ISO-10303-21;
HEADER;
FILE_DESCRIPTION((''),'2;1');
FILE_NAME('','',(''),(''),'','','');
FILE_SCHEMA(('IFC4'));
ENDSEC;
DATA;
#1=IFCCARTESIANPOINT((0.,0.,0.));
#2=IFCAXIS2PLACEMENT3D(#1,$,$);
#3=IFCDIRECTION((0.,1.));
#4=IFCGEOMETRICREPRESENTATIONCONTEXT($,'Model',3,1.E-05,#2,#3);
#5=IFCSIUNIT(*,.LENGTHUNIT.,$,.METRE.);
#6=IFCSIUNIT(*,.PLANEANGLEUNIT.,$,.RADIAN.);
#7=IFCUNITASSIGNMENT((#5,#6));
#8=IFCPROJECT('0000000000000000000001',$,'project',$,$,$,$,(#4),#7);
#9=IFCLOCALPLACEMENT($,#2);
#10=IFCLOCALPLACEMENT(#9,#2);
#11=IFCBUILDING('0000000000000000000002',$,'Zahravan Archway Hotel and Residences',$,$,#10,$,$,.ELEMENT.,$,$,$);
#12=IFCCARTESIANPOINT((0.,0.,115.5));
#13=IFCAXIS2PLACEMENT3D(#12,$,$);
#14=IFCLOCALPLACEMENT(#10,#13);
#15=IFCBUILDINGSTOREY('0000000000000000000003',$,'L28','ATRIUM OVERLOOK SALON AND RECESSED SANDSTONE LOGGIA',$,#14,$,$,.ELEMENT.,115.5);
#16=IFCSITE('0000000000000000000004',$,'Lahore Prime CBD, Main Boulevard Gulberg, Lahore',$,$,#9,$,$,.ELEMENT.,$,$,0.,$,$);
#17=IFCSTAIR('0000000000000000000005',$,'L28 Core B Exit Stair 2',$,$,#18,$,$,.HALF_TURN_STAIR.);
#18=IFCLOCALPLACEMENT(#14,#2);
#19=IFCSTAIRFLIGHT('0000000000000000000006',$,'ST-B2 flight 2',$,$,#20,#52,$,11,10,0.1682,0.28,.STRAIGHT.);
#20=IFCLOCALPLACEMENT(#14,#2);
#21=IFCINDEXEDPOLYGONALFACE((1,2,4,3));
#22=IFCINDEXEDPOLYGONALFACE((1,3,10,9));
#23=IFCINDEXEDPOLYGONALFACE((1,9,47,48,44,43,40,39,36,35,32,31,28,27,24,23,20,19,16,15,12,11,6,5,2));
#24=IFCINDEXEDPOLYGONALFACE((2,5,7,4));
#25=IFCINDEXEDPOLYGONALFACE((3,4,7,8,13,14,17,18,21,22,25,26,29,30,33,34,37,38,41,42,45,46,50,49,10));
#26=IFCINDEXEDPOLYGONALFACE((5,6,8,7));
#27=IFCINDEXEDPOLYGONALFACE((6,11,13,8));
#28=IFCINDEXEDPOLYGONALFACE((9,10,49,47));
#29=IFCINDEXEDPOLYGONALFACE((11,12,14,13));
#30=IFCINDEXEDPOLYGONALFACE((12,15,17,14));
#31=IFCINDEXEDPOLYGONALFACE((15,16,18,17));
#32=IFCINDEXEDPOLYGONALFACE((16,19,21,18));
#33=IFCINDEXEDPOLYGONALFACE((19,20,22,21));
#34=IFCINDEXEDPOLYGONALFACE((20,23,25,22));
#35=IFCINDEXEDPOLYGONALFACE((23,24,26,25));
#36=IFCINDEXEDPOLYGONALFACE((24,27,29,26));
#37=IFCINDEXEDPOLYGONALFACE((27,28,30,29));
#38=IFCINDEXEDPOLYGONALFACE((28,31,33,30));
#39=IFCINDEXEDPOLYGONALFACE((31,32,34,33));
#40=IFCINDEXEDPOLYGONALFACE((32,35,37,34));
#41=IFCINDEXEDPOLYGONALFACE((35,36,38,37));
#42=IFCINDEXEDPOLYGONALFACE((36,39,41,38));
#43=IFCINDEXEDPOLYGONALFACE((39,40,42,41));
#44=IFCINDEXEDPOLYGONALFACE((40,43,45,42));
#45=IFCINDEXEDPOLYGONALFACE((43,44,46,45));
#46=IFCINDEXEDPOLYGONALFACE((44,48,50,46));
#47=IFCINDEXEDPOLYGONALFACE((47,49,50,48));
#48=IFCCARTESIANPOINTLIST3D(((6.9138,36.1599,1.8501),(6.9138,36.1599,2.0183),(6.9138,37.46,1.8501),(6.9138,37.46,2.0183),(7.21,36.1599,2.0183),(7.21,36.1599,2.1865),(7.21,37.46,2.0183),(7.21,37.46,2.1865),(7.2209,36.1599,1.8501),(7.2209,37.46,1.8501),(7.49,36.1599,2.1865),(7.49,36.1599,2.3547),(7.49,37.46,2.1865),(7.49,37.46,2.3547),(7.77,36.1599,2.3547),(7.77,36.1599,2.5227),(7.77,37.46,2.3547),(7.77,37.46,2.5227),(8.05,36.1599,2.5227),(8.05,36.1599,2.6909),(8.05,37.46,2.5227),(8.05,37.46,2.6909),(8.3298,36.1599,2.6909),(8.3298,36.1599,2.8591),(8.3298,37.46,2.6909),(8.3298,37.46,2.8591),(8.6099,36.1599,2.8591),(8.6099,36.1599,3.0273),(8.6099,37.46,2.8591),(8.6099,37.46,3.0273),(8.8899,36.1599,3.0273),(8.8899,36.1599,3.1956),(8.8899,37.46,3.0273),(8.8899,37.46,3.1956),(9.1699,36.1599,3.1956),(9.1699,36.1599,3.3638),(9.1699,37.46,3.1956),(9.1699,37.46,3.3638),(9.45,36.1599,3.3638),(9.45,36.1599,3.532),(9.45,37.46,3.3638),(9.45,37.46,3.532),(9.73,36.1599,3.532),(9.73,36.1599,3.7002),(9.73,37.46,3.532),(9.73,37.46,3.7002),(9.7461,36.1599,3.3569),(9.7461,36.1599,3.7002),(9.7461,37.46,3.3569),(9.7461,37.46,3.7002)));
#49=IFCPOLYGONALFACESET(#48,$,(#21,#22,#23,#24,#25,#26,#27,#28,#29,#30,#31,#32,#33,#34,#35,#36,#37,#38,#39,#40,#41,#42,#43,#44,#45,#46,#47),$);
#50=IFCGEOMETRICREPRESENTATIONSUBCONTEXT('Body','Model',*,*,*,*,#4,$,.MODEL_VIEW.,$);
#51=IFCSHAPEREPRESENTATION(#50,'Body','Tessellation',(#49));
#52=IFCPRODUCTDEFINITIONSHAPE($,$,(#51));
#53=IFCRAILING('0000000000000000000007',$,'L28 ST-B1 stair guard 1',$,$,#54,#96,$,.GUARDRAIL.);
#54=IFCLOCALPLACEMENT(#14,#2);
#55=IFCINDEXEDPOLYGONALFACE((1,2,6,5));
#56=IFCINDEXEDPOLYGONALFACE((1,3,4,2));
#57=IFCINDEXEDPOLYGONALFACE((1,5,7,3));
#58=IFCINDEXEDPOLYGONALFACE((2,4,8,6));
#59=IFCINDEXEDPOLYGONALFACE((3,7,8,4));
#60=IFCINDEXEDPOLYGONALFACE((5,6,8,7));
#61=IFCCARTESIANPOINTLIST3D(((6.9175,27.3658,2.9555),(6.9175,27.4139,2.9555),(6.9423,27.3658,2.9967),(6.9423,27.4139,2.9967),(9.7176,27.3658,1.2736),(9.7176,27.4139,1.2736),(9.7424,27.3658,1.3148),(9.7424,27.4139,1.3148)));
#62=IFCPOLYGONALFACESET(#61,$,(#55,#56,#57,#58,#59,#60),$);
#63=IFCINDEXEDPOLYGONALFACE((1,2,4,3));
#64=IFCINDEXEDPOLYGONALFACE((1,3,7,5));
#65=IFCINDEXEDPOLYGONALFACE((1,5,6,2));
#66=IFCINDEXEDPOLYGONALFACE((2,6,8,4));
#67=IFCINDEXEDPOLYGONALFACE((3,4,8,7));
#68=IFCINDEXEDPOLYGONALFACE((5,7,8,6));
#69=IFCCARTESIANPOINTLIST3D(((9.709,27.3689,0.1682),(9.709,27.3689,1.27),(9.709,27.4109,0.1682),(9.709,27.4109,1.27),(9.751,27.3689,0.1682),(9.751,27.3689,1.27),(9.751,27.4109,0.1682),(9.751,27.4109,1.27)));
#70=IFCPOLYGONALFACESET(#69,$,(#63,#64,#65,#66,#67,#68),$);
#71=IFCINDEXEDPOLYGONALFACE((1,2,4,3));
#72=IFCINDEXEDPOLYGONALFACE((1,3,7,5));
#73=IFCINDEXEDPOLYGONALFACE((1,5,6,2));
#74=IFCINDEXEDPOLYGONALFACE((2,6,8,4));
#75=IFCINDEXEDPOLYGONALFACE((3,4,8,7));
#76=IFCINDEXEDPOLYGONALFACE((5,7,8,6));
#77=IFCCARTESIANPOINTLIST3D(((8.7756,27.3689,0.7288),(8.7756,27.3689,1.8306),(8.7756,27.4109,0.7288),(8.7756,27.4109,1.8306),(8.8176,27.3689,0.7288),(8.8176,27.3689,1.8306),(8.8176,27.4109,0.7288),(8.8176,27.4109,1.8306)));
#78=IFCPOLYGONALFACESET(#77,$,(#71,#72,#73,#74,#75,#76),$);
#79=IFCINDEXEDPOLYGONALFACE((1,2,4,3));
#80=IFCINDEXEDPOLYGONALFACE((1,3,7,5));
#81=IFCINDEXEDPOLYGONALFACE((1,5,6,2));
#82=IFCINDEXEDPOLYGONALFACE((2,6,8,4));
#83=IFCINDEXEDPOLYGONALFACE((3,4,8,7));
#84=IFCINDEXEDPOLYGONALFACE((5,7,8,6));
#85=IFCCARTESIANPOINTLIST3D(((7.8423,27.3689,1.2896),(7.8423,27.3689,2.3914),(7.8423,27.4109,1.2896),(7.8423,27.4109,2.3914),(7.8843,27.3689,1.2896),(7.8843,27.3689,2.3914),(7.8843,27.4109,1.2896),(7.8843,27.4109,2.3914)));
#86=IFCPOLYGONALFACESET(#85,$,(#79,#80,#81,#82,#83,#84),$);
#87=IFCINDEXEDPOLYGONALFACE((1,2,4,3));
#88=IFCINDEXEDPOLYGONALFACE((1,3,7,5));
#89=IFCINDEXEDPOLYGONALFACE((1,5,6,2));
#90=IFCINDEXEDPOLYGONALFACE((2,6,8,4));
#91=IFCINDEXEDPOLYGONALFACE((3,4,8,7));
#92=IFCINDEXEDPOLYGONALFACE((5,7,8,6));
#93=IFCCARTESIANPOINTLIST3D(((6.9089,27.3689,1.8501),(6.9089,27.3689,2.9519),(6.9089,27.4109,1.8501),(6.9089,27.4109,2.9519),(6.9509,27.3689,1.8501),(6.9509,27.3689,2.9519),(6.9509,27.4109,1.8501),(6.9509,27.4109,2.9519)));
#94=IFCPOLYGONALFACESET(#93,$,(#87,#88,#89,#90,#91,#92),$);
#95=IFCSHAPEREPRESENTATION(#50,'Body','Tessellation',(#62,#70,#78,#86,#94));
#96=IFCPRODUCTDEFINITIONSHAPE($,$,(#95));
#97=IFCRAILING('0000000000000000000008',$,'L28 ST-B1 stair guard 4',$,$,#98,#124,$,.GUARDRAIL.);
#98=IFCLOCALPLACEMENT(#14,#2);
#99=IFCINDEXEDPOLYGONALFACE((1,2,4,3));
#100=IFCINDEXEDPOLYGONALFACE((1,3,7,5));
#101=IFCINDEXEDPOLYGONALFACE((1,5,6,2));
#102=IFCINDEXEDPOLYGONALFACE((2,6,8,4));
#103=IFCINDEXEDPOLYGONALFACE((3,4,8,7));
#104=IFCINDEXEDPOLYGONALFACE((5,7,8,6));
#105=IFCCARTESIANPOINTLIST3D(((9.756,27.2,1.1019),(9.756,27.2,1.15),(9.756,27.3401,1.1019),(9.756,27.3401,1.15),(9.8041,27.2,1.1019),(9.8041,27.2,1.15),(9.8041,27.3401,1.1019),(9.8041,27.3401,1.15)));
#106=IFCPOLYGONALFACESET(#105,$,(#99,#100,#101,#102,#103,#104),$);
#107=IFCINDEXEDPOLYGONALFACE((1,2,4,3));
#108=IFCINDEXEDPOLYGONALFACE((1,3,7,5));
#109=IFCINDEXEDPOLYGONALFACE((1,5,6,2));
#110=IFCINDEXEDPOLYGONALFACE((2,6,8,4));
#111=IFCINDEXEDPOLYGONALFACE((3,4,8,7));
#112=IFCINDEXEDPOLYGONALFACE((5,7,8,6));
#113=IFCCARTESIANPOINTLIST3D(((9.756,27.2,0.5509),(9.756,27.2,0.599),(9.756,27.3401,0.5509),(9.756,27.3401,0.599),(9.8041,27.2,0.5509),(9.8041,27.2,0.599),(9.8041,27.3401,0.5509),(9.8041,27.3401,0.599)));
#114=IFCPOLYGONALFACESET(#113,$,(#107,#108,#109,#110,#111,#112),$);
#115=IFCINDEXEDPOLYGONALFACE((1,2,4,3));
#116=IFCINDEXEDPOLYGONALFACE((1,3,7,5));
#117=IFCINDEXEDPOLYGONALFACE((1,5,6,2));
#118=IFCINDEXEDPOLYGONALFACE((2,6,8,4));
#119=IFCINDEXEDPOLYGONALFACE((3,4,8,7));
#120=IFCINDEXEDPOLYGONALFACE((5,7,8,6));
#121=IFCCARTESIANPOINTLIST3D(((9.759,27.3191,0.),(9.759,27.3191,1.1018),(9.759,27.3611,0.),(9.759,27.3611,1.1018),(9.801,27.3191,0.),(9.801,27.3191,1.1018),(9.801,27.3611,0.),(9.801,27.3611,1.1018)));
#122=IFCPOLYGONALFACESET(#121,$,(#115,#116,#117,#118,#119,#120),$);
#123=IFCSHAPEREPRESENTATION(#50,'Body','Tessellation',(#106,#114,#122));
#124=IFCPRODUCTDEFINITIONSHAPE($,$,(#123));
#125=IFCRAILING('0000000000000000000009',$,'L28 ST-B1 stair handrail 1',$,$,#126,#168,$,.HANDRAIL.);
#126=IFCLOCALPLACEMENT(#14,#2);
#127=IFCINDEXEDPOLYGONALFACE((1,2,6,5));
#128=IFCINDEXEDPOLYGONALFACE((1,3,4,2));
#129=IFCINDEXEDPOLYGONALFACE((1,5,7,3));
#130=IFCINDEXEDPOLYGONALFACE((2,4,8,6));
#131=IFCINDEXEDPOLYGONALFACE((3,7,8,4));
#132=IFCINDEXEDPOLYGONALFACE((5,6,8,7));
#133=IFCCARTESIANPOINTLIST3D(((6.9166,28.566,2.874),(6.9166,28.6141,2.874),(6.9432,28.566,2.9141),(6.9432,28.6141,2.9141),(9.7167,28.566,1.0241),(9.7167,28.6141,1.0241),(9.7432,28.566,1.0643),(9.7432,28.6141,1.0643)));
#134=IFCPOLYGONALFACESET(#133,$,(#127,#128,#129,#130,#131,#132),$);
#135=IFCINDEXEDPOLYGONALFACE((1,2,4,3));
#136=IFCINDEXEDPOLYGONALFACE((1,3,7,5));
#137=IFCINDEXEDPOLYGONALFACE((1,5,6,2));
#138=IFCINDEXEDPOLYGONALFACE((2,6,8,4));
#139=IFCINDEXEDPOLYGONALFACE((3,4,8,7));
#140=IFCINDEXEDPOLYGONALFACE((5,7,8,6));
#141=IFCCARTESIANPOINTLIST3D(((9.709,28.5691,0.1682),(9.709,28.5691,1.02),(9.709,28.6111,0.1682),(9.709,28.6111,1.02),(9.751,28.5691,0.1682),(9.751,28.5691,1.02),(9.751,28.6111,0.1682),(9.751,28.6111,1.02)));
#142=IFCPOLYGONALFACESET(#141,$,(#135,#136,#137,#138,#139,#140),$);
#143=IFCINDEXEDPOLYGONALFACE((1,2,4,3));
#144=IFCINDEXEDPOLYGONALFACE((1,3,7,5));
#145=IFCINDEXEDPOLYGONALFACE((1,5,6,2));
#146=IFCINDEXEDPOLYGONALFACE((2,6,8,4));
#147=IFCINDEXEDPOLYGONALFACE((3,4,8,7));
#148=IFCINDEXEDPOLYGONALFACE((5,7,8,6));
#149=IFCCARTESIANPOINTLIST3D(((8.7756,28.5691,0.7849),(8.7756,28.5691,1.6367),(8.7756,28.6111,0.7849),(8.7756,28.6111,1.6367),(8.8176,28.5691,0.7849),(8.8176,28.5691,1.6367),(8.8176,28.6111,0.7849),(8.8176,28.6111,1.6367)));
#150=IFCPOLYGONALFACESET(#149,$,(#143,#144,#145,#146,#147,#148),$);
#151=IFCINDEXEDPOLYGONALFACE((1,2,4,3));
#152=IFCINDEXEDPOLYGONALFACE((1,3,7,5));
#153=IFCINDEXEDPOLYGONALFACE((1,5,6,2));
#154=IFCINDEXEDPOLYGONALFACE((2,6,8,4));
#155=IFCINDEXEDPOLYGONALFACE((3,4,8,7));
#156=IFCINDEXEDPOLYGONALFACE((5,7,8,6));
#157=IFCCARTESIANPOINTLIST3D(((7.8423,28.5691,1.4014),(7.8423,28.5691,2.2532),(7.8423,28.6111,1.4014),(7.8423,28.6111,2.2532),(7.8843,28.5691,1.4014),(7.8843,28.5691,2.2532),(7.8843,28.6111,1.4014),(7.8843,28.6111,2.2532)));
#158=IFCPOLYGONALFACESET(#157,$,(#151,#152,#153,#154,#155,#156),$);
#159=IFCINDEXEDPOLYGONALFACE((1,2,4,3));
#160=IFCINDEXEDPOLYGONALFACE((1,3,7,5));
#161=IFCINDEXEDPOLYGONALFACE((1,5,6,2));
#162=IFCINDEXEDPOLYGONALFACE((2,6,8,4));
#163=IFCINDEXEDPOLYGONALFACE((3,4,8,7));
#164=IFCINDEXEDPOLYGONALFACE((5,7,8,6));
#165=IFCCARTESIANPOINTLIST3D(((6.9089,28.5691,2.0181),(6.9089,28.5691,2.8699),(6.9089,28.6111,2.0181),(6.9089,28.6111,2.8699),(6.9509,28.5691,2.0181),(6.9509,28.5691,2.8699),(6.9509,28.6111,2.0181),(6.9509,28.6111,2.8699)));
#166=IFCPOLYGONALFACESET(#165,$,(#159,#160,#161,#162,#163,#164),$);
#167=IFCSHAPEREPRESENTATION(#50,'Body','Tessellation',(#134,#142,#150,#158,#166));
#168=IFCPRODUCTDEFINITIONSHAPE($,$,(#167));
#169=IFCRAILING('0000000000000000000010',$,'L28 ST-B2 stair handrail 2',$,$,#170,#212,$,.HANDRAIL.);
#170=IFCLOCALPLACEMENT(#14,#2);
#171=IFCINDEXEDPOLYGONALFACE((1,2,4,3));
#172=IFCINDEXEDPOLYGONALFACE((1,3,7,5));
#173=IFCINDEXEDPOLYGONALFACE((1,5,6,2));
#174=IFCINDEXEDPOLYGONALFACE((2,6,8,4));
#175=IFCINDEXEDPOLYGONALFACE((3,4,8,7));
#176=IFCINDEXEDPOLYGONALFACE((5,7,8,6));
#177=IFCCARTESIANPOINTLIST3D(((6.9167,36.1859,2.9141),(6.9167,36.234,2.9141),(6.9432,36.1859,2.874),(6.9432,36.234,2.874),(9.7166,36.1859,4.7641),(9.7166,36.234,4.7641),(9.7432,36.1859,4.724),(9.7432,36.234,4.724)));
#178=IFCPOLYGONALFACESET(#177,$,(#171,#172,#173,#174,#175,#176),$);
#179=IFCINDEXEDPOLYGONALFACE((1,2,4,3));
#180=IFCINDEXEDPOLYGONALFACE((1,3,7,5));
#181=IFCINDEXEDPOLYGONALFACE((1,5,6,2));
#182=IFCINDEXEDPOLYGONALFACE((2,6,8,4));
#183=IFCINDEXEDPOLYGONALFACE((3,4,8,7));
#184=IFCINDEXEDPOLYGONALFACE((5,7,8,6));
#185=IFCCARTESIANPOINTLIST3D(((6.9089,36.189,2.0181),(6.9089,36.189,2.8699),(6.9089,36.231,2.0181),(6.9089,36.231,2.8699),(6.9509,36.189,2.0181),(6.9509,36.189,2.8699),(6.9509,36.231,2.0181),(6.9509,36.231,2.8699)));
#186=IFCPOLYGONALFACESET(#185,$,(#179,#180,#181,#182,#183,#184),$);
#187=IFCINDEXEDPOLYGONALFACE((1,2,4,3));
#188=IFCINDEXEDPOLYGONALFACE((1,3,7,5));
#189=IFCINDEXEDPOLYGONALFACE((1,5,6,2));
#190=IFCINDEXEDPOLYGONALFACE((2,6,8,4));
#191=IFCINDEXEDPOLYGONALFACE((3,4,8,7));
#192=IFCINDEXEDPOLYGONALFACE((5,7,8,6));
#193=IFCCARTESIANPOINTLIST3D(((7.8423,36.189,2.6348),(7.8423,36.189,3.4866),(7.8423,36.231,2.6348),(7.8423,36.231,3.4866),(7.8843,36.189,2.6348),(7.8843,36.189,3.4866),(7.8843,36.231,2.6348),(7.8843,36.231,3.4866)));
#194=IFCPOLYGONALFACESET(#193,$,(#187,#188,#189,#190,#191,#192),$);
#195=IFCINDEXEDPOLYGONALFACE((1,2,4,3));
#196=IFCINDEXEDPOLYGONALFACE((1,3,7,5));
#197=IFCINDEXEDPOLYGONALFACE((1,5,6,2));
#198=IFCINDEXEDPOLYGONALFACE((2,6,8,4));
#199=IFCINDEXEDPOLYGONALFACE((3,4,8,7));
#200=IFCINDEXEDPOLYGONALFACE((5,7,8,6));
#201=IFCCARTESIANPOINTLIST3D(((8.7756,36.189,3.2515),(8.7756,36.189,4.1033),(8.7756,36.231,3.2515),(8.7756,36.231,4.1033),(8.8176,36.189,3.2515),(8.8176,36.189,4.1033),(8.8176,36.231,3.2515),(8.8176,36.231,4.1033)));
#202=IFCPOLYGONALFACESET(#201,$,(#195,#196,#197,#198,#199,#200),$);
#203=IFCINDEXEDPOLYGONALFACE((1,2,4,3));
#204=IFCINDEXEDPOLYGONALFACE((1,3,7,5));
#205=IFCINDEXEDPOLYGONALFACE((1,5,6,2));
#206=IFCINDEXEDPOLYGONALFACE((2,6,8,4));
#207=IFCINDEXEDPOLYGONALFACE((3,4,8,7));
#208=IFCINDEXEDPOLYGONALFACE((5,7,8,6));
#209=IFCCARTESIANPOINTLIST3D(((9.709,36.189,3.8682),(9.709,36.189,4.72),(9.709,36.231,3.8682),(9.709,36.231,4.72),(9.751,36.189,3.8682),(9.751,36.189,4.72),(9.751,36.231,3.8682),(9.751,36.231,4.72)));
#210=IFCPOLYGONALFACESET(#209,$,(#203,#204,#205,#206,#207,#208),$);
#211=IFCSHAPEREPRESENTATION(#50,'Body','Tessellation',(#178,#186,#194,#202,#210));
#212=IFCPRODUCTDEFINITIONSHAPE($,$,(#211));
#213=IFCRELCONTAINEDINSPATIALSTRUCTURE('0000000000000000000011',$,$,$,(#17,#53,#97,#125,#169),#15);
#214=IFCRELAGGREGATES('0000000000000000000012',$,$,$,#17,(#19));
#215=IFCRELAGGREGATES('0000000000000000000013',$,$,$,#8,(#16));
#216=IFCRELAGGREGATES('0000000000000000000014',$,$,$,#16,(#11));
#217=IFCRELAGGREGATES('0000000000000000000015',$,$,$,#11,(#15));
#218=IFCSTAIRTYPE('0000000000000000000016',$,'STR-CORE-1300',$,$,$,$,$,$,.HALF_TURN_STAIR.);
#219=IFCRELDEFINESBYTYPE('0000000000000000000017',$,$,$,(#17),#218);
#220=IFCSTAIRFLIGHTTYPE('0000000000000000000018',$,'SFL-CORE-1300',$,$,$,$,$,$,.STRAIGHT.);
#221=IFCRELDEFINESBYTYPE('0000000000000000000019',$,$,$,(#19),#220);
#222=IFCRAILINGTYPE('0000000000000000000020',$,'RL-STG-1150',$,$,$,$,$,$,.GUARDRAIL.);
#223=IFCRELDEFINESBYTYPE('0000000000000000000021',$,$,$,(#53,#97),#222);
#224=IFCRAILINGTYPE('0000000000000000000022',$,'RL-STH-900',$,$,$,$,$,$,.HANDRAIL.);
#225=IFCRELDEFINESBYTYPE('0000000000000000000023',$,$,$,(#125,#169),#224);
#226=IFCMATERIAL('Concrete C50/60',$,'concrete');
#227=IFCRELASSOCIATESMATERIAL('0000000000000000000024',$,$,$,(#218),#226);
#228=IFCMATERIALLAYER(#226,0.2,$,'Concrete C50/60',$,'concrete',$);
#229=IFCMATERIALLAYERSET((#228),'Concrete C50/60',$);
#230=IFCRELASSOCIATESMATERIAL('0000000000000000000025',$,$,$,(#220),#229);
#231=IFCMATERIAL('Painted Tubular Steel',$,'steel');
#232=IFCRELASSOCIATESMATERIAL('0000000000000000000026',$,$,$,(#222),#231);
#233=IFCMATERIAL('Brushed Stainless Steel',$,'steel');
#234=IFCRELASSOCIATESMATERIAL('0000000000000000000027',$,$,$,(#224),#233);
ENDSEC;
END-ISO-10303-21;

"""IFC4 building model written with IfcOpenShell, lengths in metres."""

from ifc_helpers import new_model, si_unit, direction, frame, origin, origin_2d, place, context, subcontext, project, spatial, polyline, rectangle, outline, extrude, source, transform, mapped, material, layer, layer_set, type_object, element, aggregate, save


model = new_model("IFC4")

# Units and contexts
model_context = context("Model", 3, precision=1e-05, world=origin(), true_north=direction((0.0, 1.0)))
body_context = subcontext(model_context, "Body", "Model", "MODEL_VIEW")
ifc_project = project(units=[si_unit("LENGTHUNIT", "METRE"), si_unit("PLANEANGLEUNIT", "RADIAN")], contexts=[model_context])

# Site, building, storey
site_placement = place(None, origin())
site = spatial("IfcSite", under=ifc_project, at=site_placement, Name="Lahore Prime CBD, Main Boulevard Gulberg, Lahore", CompositionType="ELEMENT", RefElevation=0.0)
building_placement = place(site_placement, origin())
building = spatial("IfcBuilding", under=site, at=building_placement, Name="Zahravan Archway Hotel and Residences", CompositionType="ELEMENT")
storey_placement = place(building_placement, frame((0.0, 0.0, 115.5)))
storey = spatial("IfcBuildingStorey", under=building, at=storey_placement, Name="L28", Description="ATRIUM OVERLOOK SALON AND RECESSED SANDSTONE LOGGIA", CompositionType="ELEMENT", Elevation=115.5)

# Shared definitions
ifc_material_1 = material(Name="Brushed Stainless Steel", Category="steel")

# Shared definitions
ifc_material_2 = material(Name="Concrete C50/60", Category="concrete")

# Stair, stair flight
stair_type = type_object("IfcStairType", Name="STR-CORE-1300", PredefinedType="HALF_TURN_STAIR", material=ifc_material_2)
ifc_layer_1 = layer(ifc_material_2, 0.2, Name="Concrete C50/60", Category="concrete")
ifc_layer_set_1 = layer_set([ifc_layer_1], Name="Concrete C50/60")
stair_flight_type = type_object("IfcStairFlightType", Name="SFL-CORE-1300", PredefinedType="STRAIGHT", material=ifc_layer_set_1)
shared_shape_1 = source(origin(), body_context, "Body", "SweptSolid", [
    extrude(outline(polyline([(-0.0161, 0.0), (-0.0161, 0.1682), (0.28, 0.1682), (0.28, 0.3364), (0.5601, 0.3364), (0.5601, 0.5046), (0.8401, 0.5046), (0.8401, 0.6726), (1.1201, 0.6726), (1.1201, 0.8408), (1.3999, 0.8408), (1.3999, 1.009), (1.6799, 1.009), (1.6799, 1.1772), (1.96, 1.1772), (1.96, 1.3455), (2.24, 1.3455), (2.24, 1.5137), (2.52, 1.5137), (2.52, 1.6819), (2.8, 1.6819), (2.8, 1.8501), (2.8162, 1.8501), (2.8162, 1.5068), (0.291, 0.0), (-0.0161, 0.0)])), frame((0.0, 0.6499, 0.0), z_axis=(0.0, -1.0, 0.0), x_axis=(1.0, 0.0, 0.0)), (0.0, 0.0, 1.0), 1.3),
])
stair_1_placement = place(storey_placement, origin())
stair_1 = element("IfcStair", 1, at=stair_1_placement, inside=storey, type_object=stair_type, Name="L28 Core B Exit Stair 2", PredefinedType="HALF_TURN_STAIR")
stair_flight_1_placement = place(storey_placement, frame((6.9299, 36.8101, 1.8501), z_axis=(0.0, 0.0, 1.0), x_axis=(1.0, 0.0, 0.0)))
stair_flight_1 = element("IfcStairFlight", 2, at=stair_flight_1_placement, type_object=stair_flight_type, Name="ST-B2 flight 2", NumberOfRisers=11, NumberOfTreads=10, PredefinedType="STRAIGHT", RiserHeight=0.1682, TreadLength=0.28, context=body_context, shape_type="MappedRepresentation", body=[
    mapped(shared_shape_1, transform((0.0, 0.0, 0.0), scale=1.0)),
])
aggregate(stair_1, [stair_flight_1])

# Railings
ifc_material_3 = material(Name="Painted Tubular Steel", Category="steel")
railing_type_1 = type_object("IfcRailingType", Name="RL-STG-1150", PredefinedType="GUARDRAIL", material=ifc_material_3)
railing_1_placement = place(storey_placement, frame((9.73, 27.3899, 0.1682)))
element("IfcRailing", 3, at=railing_1_placement, inside=storey, type_object=railing_type_1, Name="L28 ST-B1 stair guard 1", PredefinedType="GUARDRAIL", context=body_context, shape_type="SweptSolid", body=[
    extrude(rectangle(XDim=0.0481, YDim=0.0481, at=origin_2d()), frame((0.0, 0.0, 1.126), z_axis=(-0.857242, 0.0, 0.514913), x_axis=(0.0, -1.0, 0.0)), (0.0, 0.0, 1.0), 3.2664),
    extrude(rectangle(XDim=0.042, YDim=0.042, at=origin_2d()), origin(), (0.0, 0.0, 1.0), 1.1018),
    extrude(rectangle(XDim=0.042, YDim=0.042, at=origin_2d()), frame((-0.9333, 0.0, 0.5605)), (0.0, 0.0, 1.0), 1.1018),
    extrude(rectangle(XDim=0.042, YDim=0.042, at=origin_2d()), frame((-1.8667, 0.0, 1.1213)), (0.0, 0.0, 1.0), 1.1018),
    extrude(rectangle(XDim=0.042, YDim=0.042, at=origin_2d()), frame((-2.8, 0.0, 1.6819)), (0.0, 0.0, 1.0), 1.1018),
])
railing_2_placement = place(storey_placement, frame((9.78, 27.3401, 0.0)))
element("IfcRailing", 4, at=railing_2_placement, inside=storey, type_object=railing_type_1, Name="L28 ST-B1 stair guard 4", PredefinedType="GUARDRAIL", context=body_context, shape_type="SweptSolid", body=[
    extrude(rectangle(XDim=0.0481, YDim=0.0481, at=origin_2d()), frame((0.0, 0.0, 1.126), z_axis=(0.0, -1.0, 0.0), x_axis=(1.0, 0.0, 0.0)), (0.0, 0.0, 1.0), 0.1401),
    extrude(rectangle(XDim=0.0481, YDim=0.0481, at=origin_2d()), frame((0.0, 0.0, 0.575), z_axis=(0.0, -1.0, 0.0), x_axis=(1.0, 0.0, 0.0)), (0.0, 0.0, 1.0), 0.1401),
    extrude(rectangle(XDim=0.042, YDim=0.042, at=origin_2d()), origin(), (0.0, 0.0, 1.0), 1.1018),
])
railing_type_2 = type_object("IfcRailingType", Name="RL-STH-900", PredefinedType="HANDRAIL", material=ifc_material_1)
railing_3_placement = place(storey_placement, frame((9.73, 28.5901, 0.1682)))
element("IfcRailing", 5, at=railing_3_placement, inside=storey, type_object=railing_type_2, Name="L28 ST-B1 stair handrail 1", PredefinedType="HANDRAIL", context=body_context, shape_type="SweptSolid", body=[
    extrude(rectangle(XDim=0.0481, YDim=0.0481, at=origin_2d()), frame((0.0, 0.0, 0.876), z_axis=(-0.83436, 0.0, 0.55122), x_axis=(0.0, -1.0, 0.0)), (0.0, 0.0, 1.0), 3.356),
    extrude(rectangle(XDim=0.042, YDim=0.042, at=origin_2d()), origin(), (0.0, 0.0, 1.0), 0.8518),
    extrude(rectangle(XDim=0.042, YDim=0.042, at=origin_2d()), frame((-0.9333, 0.0, 0.6167)), (0.0, 0.0, 1.0), 0.8518),
    extrude(rectangle(XDim=0.042, YDim=0.042, at=origin_2d()), frame((-1.8667, 0.0, 1.2332)), (0.0, 0.0, 1.0), 0.8518),
    extrude(rectangle(XDim=0.042, YDim=0.042, at=origin_2d()), frame((-2.8, 0.0, 1.8499)), (0.0, 0.0, 1.0), 0.8518),
])
railing_4_placement = place(storey_placement, frame((6.9299, 36.21, 2.0181)))
element("IfcRailing", 6, at=railing_4_placement, inside=storey, type_object=railing_type_2, Name="L28 ST-B2 stair handrail 2", PredefinedType="HANDRAIL", context=body_context, shape_type="SweptSolid", body=[
    extrude(rectangle(XDim=0.0481, YDim=0.0481, at=origin_2d()), frame((0.0, 0.0, 0.876), z_axis=(0.834326, 0.0, 0.551271), x_axis=(0.0, 1.0, 0.0)), (0.0, 0.0, 1.0), 3.356),
    extrude(rectangle(XDim=0.042, YDim=0.042, at=origin_2d()), origin(), (0.0, 0.0, 1.0), 0.8518),
    extrude(rectangle(XDim=0.042, YDim=0.042, at=origin_2d()), frame((0.9333, 0.0, 0.6167)), (0.0, 0.0, 1.0), 0.8518),
    extrude(rectangle(XDim=0.042, YDim=0.042, at=origin_2d()), frame((1.8667, 0.0, 1.2334)), (0.0, 0.0, 1.0), 0.8518),
    extrude(rectangle(XDim=0.042, YDim=0.042, at=origin_2d()), frame((2.8, 0.0, 1.8501)), (0.0, 0.0, 1.0), 0.8518),
])

save(model, "model.ifc")
